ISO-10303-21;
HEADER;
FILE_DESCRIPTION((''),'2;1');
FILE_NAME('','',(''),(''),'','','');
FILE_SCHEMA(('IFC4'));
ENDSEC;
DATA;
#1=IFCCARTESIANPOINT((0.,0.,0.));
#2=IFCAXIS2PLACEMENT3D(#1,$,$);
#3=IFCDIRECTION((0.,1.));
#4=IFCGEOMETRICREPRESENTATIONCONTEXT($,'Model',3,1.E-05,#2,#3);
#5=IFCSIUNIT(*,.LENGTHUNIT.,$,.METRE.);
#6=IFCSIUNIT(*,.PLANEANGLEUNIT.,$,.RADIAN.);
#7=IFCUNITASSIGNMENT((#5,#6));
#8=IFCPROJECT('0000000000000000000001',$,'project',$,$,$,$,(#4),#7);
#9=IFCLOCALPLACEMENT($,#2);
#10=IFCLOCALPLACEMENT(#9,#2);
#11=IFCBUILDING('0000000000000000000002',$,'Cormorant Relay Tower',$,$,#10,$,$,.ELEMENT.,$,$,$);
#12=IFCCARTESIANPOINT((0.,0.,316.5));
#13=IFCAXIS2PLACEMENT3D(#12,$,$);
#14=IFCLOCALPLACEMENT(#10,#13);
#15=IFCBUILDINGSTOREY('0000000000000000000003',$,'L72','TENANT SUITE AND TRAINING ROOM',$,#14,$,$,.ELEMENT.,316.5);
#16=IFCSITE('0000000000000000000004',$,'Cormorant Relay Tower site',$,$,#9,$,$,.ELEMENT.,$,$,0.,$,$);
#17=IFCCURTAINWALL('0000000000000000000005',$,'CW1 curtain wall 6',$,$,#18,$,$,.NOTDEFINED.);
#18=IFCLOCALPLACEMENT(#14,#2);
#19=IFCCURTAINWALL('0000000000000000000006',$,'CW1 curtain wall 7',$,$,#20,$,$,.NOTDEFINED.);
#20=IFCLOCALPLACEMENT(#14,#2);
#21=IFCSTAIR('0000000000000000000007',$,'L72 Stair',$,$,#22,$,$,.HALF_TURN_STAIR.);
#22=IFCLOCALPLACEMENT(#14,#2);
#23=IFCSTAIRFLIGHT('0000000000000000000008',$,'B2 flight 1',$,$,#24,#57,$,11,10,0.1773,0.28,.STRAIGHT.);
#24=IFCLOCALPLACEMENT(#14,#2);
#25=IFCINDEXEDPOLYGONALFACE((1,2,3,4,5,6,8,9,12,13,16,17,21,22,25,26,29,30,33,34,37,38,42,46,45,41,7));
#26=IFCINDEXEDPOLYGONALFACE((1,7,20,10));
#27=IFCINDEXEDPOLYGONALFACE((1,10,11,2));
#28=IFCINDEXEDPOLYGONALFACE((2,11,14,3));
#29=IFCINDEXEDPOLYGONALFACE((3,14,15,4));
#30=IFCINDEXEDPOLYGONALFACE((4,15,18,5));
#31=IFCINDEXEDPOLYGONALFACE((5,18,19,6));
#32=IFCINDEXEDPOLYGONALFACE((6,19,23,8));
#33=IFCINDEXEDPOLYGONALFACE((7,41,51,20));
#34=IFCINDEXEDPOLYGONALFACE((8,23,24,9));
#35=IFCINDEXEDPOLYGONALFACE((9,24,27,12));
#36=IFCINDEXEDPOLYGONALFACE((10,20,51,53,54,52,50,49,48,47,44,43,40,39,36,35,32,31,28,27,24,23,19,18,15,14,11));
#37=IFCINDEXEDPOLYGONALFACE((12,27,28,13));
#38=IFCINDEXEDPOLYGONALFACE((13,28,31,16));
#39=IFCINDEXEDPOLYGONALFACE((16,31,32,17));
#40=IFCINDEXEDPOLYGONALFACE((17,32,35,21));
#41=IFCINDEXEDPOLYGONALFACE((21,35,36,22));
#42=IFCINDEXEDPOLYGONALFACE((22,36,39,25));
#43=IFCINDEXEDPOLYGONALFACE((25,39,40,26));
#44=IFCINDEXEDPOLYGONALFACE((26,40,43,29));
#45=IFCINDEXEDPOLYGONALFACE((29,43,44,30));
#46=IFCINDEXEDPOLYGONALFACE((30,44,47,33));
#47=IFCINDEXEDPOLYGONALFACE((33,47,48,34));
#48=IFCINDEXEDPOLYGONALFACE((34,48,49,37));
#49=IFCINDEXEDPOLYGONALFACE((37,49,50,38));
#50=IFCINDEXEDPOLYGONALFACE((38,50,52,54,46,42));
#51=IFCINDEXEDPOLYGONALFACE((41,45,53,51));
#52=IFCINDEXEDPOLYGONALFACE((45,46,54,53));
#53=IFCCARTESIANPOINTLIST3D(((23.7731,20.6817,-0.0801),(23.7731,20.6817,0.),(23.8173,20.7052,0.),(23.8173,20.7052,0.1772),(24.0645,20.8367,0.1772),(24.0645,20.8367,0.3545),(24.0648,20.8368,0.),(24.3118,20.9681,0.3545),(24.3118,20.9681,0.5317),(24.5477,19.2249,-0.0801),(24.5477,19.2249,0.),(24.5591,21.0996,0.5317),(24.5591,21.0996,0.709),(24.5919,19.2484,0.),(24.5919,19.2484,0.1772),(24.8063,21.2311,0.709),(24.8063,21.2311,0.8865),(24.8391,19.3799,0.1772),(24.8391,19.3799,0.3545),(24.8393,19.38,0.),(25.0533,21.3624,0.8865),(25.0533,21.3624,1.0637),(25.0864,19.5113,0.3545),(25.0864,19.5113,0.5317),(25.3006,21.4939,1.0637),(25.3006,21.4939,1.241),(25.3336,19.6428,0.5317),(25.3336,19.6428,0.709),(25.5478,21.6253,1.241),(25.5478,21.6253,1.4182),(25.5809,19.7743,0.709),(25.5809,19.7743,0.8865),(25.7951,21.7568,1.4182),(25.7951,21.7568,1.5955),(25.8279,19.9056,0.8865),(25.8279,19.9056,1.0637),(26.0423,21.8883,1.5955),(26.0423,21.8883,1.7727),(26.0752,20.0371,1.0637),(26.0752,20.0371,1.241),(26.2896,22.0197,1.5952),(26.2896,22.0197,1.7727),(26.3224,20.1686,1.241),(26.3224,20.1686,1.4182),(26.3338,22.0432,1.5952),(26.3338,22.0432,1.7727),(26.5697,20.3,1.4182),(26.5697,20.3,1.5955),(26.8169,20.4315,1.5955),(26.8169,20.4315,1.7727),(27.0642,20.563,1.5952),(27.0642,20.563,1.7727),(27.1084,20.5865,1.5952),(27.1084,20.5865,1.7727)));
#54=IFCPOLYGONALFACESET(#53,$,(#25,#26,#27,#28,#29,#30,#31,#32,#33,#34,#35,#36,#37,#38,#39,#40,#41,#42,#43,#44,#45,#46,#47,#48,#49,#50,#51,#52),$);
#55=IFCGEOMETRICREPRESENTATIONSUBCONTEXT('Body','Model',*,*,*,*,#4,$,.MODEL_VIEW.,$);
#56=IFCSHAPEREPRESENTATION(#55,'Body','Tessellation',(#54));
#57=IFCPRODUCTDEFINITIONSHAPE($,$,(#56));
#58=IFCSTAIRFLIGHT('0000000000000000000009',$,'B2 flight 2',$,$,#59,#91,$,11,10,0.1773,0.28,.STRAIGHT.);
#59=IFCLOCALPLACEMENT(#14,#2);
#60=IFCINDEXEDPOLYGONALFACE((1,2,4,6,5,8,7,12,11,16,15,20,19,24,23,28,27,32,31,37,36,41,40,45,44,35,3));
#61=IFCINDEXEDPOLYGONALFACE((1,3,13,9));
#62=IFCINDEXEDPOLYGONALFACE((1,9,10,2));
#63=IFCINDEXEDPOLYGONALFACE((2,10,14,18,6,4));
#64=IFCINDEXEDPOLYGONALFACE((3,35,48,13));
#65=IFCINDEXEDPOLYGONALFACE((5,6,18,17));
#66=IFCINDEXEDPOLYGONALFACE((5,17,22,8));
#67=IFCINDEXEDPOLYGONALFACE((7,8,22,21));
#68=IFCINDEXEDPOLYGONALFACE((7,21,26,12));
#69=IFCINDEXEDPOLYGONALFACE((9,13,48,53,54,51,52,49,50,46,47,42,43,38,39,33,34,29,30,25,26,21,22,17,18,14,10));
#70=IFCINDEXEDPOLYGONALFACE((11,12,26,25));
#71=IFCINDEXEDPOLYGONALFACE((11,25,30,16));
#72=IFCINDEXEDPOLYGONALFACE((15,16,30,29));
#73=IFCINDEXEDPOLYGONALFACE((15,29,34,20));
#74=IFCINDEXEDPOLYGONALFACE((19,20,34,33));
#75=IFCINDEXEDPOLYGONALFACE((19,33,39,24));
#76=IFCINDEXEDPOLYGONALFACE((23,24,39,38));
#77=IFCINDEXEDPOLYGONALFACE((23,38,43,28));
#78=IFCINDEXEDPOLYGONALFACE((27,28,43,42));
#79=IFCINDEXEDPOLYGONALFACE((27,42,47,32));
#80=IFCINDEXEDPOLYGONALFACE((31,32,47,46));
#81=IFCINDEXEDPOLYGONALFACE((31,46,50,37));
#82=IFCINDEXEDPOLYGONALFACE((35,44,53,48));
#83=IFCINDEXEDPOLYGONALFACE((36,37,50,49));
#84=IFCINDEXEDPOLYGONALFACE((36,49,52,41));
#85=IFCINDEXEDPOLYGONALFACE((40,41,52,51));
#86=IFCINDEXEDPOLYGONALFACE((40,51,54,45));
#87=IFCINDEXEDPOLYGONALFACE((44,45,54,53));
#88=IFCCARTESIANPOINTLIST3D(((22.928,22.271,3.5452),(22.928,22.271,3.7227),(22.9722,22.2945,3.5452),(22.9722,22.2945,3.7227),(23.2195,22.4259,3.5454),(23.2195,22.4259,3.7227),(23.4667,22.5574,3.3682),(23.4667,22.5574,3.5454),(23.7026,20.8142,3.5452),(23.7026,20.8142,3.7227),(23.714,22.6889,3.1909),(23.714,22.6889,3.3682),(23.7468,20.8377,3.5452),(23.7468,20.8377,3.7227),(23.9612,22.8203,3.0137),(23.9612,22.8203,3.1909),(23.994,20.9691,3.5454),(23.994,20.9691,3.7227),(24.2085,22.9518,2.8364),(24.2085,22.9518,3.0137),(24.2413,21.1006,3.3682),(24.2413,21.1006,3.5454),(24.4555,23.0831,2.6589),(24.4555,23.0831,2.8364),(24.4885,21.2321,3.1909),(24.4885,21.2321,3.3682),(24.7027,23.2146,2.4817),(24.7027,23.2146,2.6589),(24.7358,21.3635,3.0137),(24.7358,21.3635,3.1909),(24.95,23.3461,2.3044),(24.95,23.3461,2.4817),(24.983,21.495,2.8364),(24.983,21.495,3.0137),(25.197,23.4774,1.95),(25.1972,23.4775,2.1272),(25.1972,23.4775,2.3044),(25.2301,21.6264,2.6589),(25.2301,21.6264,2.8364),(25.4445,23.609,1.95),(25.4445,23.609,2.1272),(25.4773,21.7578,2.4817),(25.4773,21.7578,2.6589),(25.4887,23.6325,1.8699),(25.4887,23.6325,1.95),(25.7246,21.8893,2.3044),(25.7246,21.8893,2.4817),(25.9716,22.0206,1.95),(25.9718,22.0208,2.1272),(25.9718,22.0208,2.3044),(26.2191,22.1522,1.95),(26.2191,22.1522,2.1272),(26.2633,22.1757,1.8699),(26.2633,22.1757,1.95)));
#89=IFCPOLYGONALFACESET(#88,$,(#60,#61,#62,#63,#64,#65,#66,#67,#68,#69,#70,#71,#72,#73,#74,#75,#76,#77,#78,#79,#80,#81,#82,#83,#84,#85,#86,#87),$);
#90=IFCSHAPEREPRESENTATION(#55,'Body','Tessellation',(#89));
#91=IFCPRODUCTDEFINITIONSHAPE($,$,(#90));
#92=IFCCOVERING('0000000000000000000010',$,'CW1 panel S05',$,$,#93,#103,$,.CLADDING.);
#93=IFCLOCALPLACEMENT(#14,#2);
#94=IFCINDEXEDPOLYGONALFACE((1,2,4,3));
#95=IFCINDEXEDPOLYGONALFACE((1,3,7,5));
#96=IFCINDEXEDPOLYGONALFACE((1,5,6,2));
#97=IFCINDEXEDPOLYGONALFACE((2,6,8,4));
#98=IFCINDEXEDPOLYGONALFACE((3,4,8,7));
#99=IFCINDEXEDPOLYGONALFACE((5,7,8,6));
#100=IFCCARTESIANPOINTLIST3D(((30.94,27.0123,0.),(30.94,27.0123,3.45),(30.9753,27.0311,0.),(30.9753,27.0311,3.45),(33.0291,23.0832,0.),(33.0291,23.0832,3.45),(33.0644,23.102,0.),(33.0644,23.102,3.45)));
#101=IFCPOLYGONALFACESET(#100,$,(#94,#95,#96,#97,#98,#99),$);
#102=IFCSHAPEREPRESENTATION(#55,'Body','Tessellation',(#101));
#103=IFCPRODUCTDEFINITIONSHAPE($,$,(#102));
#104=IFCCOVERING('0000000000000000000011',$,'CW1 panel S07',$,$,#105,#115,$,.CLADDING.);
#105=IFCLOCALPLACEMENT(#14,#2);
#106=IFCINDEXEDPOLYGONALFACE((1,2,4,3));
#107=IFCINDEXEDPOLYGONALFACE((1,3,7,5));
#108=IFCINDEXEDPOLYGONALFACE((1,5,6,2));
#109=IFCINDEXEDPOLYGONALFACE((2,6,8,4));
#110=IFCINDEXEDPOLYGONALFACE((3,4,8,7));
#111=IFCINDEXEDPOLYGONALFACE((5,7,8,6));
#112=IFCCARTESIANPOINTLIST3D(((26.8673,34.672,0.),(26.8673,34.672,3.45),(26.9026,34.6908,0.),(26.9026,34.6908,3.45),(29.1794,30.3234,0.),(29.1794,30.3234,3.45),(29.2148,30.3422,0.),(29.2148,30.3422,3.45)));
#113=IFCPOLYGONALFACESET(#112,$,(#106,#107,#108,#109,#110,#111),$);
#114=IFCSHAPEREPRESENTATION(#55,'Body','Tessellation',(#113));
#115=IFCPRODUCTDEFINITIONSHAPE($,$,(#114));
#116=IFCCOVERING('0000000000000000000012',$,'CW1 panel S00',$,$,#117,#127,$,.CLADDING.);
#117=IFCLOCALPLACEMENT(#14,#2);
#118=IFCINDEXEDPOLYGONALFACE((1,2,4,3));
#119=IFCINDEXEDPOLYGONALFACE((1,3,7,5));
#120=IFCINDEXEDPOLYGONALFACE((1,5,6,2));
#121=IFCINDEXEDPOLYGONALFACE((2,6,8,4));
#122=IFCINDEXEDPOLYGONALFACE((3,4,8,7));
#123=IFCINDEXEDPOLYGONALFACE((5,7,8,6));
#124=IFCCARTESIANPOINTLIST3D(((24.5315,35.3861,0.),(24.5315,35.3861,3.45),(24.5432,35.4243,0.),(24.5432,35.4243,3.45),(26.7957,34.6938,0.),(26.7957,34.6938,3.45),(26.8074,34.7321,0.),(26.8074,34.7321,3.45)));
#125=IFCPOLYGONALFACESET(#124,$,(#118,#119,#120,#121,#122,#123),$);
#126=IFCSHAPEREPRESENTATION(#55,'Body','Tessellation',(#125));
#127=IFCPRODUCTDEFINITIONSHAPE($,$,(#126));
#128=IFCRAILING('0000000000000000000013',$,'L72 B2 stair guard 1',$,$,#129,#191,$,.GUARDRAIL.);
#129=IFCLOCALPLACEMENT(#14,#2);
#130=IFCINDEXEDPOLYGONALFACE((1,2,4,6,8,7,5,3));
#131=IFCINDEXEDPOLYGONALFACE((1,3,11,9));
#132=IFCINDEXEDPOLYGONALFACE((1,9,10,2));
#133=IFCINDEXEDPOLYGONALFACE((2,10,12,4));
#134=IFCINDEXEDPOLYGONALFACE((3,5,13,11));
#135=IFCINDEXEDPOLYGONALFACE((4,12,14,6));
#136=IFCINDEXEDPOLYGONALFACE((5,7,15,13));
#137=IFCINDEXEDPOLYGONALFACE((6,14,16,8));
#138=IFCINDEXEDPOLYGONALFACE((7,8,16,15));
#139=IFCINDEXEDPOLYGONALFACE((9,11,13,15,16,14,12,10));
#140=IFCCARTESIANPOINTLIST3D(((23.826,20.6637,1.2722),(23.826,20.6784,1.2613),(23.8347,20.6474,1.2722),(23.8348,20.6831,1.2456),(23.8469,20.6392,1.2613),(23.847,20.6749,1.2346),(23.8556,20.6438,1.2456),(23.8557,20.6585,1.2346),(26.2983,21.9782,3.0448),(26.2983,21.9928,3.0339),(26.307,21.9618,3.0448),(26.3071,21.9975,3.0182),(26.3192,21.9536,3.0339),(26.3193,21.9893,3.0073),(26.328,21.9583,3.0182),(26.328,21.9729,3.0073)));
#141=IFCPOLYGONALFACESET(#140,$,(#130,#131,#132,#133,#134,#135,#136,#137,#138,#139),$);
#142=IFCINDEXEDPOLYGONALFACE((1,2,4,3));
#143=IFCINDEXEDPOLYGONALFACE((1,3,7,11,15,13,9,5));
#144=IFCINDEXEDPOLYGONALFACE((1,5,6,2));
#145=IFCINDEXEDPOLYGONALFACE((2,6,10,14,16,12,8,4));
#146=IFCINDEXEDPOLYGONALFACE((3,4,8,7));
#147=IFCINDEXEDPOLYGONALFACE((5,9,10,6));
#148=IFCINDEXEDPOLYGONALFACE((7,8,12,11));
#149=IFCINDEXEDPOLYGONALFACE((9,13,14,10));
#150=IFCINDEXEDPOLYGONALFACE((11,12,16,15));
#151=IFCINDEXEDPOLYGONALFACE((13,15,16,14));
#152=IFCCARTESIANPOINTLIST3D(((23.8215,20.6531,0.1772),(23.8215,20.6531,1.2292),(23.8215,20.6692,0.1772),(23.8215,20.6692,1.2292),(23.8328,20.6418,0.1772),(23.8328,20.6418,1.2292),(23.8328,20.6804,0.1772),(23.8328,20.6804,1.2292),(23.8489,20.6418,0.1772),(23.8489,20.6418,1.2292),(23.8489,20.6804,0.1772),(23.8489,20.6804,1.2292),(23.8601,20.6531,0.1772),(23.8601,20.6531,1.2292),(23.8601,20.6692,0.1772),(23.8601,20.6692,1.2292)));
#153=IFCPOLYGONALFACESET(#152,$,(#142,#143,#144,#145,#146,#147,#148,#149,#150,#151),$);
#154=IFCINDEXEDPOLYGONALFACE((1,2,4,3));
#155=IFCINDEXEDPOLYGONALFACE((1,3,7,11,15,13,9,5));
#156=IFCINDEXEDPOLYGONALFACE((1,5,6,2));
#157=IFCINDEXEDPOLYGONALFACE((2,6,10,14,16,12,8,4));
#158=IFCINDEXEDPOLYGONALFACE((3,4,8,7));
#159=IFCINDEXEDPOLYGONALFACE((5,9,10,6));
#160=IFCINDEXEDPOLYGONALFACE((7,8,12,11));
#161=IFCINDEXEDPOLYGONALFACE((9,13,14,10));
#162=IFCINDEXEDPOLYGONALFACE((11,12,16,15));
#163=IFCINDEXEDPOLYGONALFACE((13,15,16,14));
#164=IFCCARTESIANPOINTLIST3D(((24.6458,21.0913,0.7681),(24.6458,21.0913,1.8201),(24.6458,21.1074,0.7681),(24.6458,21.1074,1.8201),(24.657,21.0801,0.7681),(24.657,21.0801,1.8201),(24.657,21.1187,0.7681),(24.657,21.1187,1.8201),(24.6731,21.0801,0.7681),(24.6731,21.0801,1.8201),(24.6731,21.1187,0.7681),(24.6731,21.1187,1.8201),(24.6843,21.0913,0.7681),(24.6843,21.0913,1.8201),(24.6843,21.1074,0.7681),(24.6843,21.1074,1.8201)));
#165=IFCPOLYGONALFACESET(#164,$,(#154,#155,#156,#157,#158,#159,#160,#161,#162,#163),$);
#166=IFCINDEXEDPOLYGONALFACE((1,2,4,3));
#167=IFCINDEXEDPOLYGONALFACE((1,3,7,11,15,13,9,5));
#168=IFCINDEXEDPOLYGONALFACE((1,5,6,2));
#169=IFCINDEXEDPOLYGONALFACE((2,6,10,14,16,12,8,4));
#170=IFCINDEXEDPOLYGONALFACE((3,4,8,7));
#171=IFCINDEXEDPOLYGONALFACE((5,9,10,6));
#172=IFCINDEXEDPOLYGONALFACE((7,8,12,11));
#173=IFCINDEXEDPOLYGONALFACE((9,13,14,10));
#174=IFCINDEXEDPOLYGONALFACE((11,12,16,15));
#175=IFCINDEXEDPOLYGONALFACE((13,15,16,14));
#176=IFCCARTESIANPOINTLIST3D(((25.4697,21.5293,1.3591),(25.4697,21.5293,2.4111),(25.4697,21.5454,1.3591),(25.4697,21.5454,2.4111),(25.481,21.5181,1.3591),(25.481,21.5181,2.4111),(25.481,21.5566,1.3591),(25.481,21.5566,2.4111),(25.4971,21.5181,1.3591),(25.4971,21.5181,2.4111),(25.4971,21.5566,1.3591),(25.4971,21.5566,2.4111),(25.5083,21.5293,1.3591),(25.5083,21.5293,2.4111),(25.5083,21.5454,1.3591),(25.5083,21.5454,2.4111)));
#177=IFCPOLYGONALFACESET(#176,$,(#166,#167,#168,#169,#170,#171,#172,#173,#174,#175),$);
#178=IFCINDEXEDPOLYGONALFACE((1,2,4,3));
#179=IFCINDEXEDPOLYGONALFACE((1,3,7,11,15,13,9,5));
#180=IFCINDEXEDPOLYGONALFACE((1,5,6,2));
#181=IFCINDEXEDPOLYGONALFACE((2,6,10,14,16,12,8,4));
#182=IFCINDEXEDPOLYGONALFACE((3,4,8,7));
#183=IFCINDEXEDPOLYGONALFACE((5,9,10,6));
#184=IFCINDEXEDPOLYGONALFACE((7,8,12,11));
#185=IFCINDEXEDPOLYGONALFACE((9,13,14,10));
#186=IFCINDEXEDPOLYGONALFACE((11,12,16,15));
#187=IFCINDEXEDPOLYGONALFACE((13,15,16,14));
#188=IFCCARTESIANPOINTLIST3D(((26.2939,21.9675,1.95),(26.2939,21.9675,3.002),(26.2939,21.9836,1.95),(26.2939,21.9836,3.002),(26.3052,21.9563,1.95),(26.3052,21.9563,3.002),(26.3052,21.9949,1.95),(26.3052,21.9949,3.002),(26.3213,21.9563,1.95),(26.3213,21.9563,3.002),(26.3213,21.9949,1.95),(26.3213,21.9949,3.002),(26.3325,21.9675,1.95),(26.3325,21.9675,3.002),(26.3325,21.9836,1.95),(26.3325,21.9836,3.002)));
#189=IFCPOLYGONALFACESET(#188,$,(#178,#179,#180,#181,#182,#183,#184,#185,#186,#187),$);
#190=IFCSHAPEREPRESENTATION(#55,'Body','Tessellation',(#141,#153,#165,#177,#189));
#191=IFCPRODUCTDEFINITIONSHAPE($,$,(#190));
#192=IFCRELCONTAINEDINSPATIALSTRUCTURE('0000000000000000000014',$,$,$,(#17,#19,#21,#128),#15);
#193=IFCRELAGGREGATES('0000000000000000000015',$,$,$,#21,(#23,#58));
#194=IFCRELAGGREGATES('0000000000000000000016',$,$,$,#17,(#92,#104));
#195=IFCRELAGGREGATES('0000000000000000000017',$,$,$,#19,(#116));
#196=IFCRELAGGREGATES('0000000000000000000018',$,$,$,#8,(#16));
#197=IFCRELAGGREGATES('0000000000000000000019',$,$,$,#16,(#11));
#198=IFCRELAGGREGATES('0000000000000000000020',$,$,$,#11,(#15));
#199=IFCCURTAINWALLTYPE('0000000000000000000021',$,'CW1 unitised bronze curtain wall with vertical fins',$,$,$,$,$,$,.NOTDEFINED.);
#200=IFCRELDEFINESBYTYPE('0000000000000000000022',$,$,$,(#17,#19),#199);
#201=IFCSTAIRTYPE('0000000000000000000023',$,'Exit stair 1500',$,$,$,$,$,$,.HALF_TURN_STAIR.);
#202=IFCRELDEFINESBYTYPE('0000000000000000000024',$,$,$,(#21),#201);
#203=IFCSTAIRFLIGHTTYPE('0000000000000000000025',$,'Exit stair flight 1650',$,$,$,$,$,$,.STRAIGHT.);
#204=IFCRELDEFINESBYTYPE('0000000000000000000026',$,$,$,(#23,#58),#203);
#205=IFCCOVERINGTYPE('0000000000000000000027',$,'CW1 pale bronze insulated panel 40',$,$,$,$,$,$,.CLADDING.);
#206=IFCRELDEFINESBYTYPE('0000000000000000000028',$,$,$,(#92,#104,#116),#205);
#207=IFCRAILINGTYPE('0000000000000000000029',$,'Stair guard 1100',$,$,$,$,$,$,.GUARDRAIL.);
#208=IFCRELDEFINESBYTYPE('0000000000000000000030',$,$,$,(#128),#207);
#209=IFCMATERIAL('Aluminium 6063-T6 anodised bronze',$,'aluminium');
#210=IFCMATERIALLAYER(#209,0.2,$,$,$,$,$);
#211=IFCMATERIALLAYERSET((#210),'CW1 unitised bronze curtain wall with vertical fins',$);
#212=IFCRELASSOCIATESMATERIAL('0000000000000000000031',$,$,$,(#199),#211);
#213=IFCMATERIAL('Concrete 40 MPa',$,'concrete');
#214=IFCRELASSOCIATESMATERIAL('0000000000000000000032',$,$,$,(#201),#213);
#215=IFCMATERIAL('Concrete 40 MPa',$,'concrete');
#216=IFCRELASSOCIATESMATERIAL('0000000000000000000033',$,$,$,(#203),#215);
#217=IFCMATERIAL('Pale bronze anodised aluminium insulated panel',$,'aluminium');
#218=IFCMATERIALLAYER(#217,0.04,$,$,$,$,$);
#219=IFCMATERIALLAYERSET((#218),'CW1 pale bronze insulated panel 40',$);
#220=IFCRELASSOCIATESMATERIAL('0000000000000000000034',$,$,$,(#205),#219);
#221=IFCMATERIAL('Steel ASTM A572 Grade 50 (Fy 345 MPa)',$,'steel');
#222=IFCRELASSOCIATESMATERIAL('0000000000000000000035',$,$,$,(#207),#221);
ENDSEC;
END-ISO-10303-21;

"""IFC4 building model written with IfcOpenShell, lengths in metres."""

from ifc_helpers import new_model, si_unit, direction, frame, origin, origin_2d, place, context, subcontext, project, spatial, polyline, rectangle, outline, extrude, material, layer, layer_set, type_object, element, aggregate, save


model = new_model("IFC4")

# Units and contexts
model_context = context("Model", 3, precision=1e-05, world=origin(), true_north=direction((0.0, 1.0)))
body_context = subcontext(model_context, "Body", "Model", "MODEL_VIEW")
ifc_project = project(units=[si_unit("LENGTHUNIT", "METRE"), si_unit("PLANEANGLEUNIT", "RADIAN")], contexts=[model_context])

# Site, building, storey
site_placement = place(None, origin())
site = spatial("IfcSite", under=ifc_project, at=site_placement, Name="Cormorant Relay Tower site", CompositionType="ELEMENT", RefElevation=0.0)
building_placement = place(site_placement, origin())
building = spatial("IfcBuilding", under=site, at=building_placement, Name="Cormorant Relay Tower", CompositionType="ELEMENT")
storey_placement = place(building_placement, frame((0.0, 0.0, 316.5)))
storey = spatial("IfcBuildingStorey", under=building, at=storey_placement, Name="L72", Description="TENANT SUITE AND TRAINING ROOM", CompositionType="ELEMENT", Elevation=316.5)

# Curtain walls
ifc_material_1 = material(Name="Aluminium 6063-T6 anodised bronze", Category="aluminium")
ifc_layer_1 = layer(ifc_material_1, 0.2)
ifc_layer_set_1 = layer_set([ifc_layer_1], Name="CW1 unitised bronze curtain wall with vertical fins")
curtain_wall_type = type_object("IfcCurtainWallType", Name="CW1 unitised bronze curtain wall with vertical fins", PredefinedType="NOTDEFINED", material=ifc_layer_set_1)
curtain_wall_1_placement = place(storey_placement, origin())
curtain_wall_1 = element("IfcCurtainWall", 1, at=curtain_wall_1_placement, inside=storey, type_object=curtain_wall_type, Name="CW1 curtain wall 6", PredefinedType="NOTDEFINED")
curtain_wall_2_placement = place(storey_placement, origin())
curtain_wall_2 = element("IfcCurtainWall", 2, at=curtain_wall_2_placement, inside=storey, type_object=curtain_wall_type, Name="CW1 curtain wall 7", PredefinedType="NOTDEFINED")

# Stair, stair flights
ifc_material_2 = material(Name="Concrete 40 MPa", Category="concrete")
stair_type = type_object("IfcStairType", Name="Exit stair 1500", PredefinedType="HALF_TURN_STAIR", material=ifc_material_2)
stair_placement = place(storey_placement, origin())
stair = element("IfcStair", 3, at=stair_placement, inside=storey, type_object=stair_type, Name="L72 Stair", PredefinedType="HALF_TURN_STAIR")
ifc_material_3 = material(Name="Concrete 40 MPa", Category="concrete")
stair_flight_type = type_object("IfcStairFlightType", Name="Exit stair flight 1650", PredefinedType="STRAIGHT", material=ifc_material_3)
stair_flight_1_placement = place(storey_placement, frame((24.2046, 19.9768, 0.0), z_axis=(0.0, 0.0, 1.0), x_axis=(0.882948, 0.469472, 0.0)))
stair_flight_1 = element("IfcStairFlight", 4, at=stair_flight_1_placement, type_object=stair_flight_type, Name="B2 flight 1", NumberOfRisers=11, NumberOfTreads=10, PredefinedType="STRAIGHT", RiserHeight=0.1773, TreadLength=0.28, context=body_context, shape_type="SweptSolid", body=[
    extrude(outline(polyline([(-0.05, -0.0801), (-0.05, 0.0), (0.0, 0.0), (0.0, 0.1772), (0.28, 0.1772), (0.28, 0.3545), (0.5601, 0.3545), (0.5601, 0.5317), (0.8401, 0.5317), (0.8401, 0.709), (1.1201, 0.709), (1.1201, 0.8865), (1.3999, 0.8865), (1.3999, 1.0637), (1.6799, 1.0637), (1.6799, 1.241), (1.96, 1.241), (1.96, 1.4182), (2.24, 1.4182), (2.24, 1.5955), (2.52, 1.5955), (2.52, 1.7727), (2.8, 1.7727), (2.8501, 1.7727), (2.8501, 1.5952), (2.8, 1.5952), (0.2803, 0.0), (-0.05, -0.0801)])), frame((0.0, 0.825, 0.0), z_axis=(0.0, -1.0, 0.0), x_axis=(1.0, 0.0, 0.0)), (0.0, 0.0, 1.0), 1.6499),
])
stair_flight_2_placement = place(storey_placement, frame((25.8318, 22.8806, 1.95), z_axis=(0.0, 0.0, 1.0), x_axis=(-0.882948, -0.469472, 0.0)))
stair_flight_2 = element("IfcStairFlight", 5, at=stair_flight_2_placement, type_object=stair_flight_type, Name="B2 flight 2", NumberOfRisers=11, NumberOfTreads=10, PredefinedType="STRAIGHT", RiserHeight=0.1773, TreadLength=0.28, context=body_context, shape_type="SweptSolid", body=[
    extrude(outline(polyline([(-0.05, -0.0801), (-0.05, 0.0), (0.0, 0.0), (0.0, 0.1772), (0.28, 0.1772), (0.28, 0.3545), (0.5601, 0.3545), (0.5601, 0.5317), (0.8401, 0.5317), (0.8401, 0.709), (1.1201, 0.709), (1.1201, 0.8865), (1.3999, 0.8865), (1.3999, 1.0637), (1.6799, 1.0637), (1.6799, 1.241), (1.96, 1.241), (1.96, 1.4182), (2.24, 1.4182), (2.24, 1.5955), (2.52, 1.5955), (2.52, 1.7727), (2.8, 1.7727), (2.8501, 1.7727), (2.8501, 1.5952), (2.8, 1.5952), (0.2803, 0.0), (-0.05, -0.0801)])), frame((0.0, 0.825, 0.0), z_axis=(0.0, -1.0, 0.0), x_axis=(1.0, 0.0, 0.0)), (0.0, 0.0, 1.0), 1.6499),
])
aggregate(stair, [stair_flight_1, stair_flight_2])

# Coverings
ifc_material_4 = material(Name="Pale bronze anodised aluminium insulated panel", Category="aluminium")
ifc_layer_2 = layer(ifc_material_4, 0.04)
ifc_layer_set_2 = layer_set([ifc_layer_2], Name="CW1 pale bronze insulated panel 40")
covering_type = type_object("IfcCoveringType", Name="CW1 pale bronze insulated panel 40", PredefinedType="CLADDING", material=ifc_layer_set_2)
covering_1_placement = place(storey_placement, frame((32.0022, 25.0571, 0.0), z_axis=(0.0, 0.0, 1.0), x_axis=(-0.469472, 0.882948, 0.0)))
covering_1 = element("IfcCovering", 6, at=covering_1_placement, type_object=covering_type, Name="CW1 panel S05", PredefinedType="CLADDING", context=body_context, shape_type="SweptSolid", body=[
    extrude(rectangle(XDim=4.45, YDim=0.04, at=origin_2d()), origin(), (0.0, 0.0, 1.0), 3.45),
])
covering_2_placement = place(storey_placement, frame((28.041, 32.5071, 0.0), z_axis=(0.0, 0.0, 1.0), x_axis=(-0.469472, 0.882948, 0.0)))
covering_2 = element("IfcCovering", 7, at=covering_2_placement, type_object=covering_type, Name="CW1 panel S07", PredefinedType="CLADDING", context=body_context, shape_type="SweptSolid", body=[
    extrude(rectangle(XDim=4.925, YDim=0.04, at=origin_2d()), origin(), (0.0, 0.0, 1.0), 3.45),
])
aggregate(curtain_wall_1, [covering_1, covering_2])
covering_3_placement = place(storey_placement, frame((25.6694, 35.0591, 0.0), z_axis=(0.0, 0.0, 1.0), x_axis=(-0.956305, 0.292372, 0.0)))
covering_3 = element("IfcCovering", 8, at=covering_3_placement, type_object=covering_type, Name="CW1 panel S00", PredefinedType="CLADDING", context=body_context, shape_type="SweptSolid", body=[
    extrude(rectangle(XDim=2.3677, YDim=0.04, at=origin_2d()), origin(), (0.0, 0.0, 1.0), 3.45),
])
aggregate(curtain_wall_2, [covering_3])

# Railing
ifc_material_5 = material(Name="Steel ASTM A572 Grade 50 (Fy 345 MPa)", Category="steel")
railing_type_1 = type_object("IfcRailingType", Name="Stair guard 1100", PredefinedType="GUARDRAIL", material=ifc_material_5)
railing_1_placement = place(storey_placement, frame((23.8408, 20.6611, 0.1772)))
element("IfcRailing", 9, at=railing_1_placement, inside=storey, type_object=railing_type_1, Name="L72 B2 stair guard 1", PredefinedType="GUARDRAIL", context=body_context, shape_type="SweptSolid", body=[
    extrude(outline(polyline([(0.0222, 0.0093), (0.0093, 0.0222), (-0.0093, 0.0222), (-0.0222, 0.0093), (-0.0222, -0.0093), (-0.0093, -0.0222), (0.0093, -0.0222), (0.0222, -0.0093), (0.0222, 0.0093)])), frame((0.0, 0.0, 1.0762), z_axis=(0.746034, 0.396627, 0.534902), x_axis=(-0.469429, 0.88297, 0.0)), (0.0, 0.0, 1.0), 3.314),
    extrude(outline(polyline([(0.0193, 0.0081), (0.0081, 0.0193), (-0.0081, 0.0193), (-0.0193, 0.0081), (-0.0193, -0.0081), (-0.0081, -0.0193), (0.0081, -0.0193), (0.0193, -0.0081), (0.0193, 0.0081)])), origin(), (0.0, 0.0, 1.0), 1.052),
    extrude(outline(polyline([(0.0193, 0.0081), (0.0081, 0.0193), (-0.0081, 0.0193), (-0.0193, 0.0081), (-0.0193, -0.0081), (-0.0081, -0.0193), (0.0081, -0.0193), (0.0193, -0.0081), (0.0193, 0.0081)])), frame((0.8242, 0.4382, 0.5908)), (0.0, 0.0, 1.0), 1.052),
    extrude(outline(polyline([(0.0193, 0.0081), (0.0081, 0.0193), (-0.0081, 0.0193), (-0.0193, 0.0081), (-0.0193, -0.0081), (-0.0081, -0.0193), (0.0081, -0.0193), (0.0193, -0.0081), (0.0193, 0.0081)])), frame((1.6482, 0.8762, 1.1819)), (0.0, 0.0, 1.0), 1.052),
    extrude(outline(polyline([(0.0193, 0.0081), (0.0081, 0.0193), (-0.0081, 0.0193), (-0.0193, 0.0081), (-0.0193, -0.0081), (-0.0081, -0.0193), (0.0081, -0.0193), (0.0193, -0.0081), (0.0193, 0.0081)])), frame((2.4724, 1.3145, 1.7727)), (0.0, 0.0, 1.0), 1.052),
])

save(model, "model.ifc")
